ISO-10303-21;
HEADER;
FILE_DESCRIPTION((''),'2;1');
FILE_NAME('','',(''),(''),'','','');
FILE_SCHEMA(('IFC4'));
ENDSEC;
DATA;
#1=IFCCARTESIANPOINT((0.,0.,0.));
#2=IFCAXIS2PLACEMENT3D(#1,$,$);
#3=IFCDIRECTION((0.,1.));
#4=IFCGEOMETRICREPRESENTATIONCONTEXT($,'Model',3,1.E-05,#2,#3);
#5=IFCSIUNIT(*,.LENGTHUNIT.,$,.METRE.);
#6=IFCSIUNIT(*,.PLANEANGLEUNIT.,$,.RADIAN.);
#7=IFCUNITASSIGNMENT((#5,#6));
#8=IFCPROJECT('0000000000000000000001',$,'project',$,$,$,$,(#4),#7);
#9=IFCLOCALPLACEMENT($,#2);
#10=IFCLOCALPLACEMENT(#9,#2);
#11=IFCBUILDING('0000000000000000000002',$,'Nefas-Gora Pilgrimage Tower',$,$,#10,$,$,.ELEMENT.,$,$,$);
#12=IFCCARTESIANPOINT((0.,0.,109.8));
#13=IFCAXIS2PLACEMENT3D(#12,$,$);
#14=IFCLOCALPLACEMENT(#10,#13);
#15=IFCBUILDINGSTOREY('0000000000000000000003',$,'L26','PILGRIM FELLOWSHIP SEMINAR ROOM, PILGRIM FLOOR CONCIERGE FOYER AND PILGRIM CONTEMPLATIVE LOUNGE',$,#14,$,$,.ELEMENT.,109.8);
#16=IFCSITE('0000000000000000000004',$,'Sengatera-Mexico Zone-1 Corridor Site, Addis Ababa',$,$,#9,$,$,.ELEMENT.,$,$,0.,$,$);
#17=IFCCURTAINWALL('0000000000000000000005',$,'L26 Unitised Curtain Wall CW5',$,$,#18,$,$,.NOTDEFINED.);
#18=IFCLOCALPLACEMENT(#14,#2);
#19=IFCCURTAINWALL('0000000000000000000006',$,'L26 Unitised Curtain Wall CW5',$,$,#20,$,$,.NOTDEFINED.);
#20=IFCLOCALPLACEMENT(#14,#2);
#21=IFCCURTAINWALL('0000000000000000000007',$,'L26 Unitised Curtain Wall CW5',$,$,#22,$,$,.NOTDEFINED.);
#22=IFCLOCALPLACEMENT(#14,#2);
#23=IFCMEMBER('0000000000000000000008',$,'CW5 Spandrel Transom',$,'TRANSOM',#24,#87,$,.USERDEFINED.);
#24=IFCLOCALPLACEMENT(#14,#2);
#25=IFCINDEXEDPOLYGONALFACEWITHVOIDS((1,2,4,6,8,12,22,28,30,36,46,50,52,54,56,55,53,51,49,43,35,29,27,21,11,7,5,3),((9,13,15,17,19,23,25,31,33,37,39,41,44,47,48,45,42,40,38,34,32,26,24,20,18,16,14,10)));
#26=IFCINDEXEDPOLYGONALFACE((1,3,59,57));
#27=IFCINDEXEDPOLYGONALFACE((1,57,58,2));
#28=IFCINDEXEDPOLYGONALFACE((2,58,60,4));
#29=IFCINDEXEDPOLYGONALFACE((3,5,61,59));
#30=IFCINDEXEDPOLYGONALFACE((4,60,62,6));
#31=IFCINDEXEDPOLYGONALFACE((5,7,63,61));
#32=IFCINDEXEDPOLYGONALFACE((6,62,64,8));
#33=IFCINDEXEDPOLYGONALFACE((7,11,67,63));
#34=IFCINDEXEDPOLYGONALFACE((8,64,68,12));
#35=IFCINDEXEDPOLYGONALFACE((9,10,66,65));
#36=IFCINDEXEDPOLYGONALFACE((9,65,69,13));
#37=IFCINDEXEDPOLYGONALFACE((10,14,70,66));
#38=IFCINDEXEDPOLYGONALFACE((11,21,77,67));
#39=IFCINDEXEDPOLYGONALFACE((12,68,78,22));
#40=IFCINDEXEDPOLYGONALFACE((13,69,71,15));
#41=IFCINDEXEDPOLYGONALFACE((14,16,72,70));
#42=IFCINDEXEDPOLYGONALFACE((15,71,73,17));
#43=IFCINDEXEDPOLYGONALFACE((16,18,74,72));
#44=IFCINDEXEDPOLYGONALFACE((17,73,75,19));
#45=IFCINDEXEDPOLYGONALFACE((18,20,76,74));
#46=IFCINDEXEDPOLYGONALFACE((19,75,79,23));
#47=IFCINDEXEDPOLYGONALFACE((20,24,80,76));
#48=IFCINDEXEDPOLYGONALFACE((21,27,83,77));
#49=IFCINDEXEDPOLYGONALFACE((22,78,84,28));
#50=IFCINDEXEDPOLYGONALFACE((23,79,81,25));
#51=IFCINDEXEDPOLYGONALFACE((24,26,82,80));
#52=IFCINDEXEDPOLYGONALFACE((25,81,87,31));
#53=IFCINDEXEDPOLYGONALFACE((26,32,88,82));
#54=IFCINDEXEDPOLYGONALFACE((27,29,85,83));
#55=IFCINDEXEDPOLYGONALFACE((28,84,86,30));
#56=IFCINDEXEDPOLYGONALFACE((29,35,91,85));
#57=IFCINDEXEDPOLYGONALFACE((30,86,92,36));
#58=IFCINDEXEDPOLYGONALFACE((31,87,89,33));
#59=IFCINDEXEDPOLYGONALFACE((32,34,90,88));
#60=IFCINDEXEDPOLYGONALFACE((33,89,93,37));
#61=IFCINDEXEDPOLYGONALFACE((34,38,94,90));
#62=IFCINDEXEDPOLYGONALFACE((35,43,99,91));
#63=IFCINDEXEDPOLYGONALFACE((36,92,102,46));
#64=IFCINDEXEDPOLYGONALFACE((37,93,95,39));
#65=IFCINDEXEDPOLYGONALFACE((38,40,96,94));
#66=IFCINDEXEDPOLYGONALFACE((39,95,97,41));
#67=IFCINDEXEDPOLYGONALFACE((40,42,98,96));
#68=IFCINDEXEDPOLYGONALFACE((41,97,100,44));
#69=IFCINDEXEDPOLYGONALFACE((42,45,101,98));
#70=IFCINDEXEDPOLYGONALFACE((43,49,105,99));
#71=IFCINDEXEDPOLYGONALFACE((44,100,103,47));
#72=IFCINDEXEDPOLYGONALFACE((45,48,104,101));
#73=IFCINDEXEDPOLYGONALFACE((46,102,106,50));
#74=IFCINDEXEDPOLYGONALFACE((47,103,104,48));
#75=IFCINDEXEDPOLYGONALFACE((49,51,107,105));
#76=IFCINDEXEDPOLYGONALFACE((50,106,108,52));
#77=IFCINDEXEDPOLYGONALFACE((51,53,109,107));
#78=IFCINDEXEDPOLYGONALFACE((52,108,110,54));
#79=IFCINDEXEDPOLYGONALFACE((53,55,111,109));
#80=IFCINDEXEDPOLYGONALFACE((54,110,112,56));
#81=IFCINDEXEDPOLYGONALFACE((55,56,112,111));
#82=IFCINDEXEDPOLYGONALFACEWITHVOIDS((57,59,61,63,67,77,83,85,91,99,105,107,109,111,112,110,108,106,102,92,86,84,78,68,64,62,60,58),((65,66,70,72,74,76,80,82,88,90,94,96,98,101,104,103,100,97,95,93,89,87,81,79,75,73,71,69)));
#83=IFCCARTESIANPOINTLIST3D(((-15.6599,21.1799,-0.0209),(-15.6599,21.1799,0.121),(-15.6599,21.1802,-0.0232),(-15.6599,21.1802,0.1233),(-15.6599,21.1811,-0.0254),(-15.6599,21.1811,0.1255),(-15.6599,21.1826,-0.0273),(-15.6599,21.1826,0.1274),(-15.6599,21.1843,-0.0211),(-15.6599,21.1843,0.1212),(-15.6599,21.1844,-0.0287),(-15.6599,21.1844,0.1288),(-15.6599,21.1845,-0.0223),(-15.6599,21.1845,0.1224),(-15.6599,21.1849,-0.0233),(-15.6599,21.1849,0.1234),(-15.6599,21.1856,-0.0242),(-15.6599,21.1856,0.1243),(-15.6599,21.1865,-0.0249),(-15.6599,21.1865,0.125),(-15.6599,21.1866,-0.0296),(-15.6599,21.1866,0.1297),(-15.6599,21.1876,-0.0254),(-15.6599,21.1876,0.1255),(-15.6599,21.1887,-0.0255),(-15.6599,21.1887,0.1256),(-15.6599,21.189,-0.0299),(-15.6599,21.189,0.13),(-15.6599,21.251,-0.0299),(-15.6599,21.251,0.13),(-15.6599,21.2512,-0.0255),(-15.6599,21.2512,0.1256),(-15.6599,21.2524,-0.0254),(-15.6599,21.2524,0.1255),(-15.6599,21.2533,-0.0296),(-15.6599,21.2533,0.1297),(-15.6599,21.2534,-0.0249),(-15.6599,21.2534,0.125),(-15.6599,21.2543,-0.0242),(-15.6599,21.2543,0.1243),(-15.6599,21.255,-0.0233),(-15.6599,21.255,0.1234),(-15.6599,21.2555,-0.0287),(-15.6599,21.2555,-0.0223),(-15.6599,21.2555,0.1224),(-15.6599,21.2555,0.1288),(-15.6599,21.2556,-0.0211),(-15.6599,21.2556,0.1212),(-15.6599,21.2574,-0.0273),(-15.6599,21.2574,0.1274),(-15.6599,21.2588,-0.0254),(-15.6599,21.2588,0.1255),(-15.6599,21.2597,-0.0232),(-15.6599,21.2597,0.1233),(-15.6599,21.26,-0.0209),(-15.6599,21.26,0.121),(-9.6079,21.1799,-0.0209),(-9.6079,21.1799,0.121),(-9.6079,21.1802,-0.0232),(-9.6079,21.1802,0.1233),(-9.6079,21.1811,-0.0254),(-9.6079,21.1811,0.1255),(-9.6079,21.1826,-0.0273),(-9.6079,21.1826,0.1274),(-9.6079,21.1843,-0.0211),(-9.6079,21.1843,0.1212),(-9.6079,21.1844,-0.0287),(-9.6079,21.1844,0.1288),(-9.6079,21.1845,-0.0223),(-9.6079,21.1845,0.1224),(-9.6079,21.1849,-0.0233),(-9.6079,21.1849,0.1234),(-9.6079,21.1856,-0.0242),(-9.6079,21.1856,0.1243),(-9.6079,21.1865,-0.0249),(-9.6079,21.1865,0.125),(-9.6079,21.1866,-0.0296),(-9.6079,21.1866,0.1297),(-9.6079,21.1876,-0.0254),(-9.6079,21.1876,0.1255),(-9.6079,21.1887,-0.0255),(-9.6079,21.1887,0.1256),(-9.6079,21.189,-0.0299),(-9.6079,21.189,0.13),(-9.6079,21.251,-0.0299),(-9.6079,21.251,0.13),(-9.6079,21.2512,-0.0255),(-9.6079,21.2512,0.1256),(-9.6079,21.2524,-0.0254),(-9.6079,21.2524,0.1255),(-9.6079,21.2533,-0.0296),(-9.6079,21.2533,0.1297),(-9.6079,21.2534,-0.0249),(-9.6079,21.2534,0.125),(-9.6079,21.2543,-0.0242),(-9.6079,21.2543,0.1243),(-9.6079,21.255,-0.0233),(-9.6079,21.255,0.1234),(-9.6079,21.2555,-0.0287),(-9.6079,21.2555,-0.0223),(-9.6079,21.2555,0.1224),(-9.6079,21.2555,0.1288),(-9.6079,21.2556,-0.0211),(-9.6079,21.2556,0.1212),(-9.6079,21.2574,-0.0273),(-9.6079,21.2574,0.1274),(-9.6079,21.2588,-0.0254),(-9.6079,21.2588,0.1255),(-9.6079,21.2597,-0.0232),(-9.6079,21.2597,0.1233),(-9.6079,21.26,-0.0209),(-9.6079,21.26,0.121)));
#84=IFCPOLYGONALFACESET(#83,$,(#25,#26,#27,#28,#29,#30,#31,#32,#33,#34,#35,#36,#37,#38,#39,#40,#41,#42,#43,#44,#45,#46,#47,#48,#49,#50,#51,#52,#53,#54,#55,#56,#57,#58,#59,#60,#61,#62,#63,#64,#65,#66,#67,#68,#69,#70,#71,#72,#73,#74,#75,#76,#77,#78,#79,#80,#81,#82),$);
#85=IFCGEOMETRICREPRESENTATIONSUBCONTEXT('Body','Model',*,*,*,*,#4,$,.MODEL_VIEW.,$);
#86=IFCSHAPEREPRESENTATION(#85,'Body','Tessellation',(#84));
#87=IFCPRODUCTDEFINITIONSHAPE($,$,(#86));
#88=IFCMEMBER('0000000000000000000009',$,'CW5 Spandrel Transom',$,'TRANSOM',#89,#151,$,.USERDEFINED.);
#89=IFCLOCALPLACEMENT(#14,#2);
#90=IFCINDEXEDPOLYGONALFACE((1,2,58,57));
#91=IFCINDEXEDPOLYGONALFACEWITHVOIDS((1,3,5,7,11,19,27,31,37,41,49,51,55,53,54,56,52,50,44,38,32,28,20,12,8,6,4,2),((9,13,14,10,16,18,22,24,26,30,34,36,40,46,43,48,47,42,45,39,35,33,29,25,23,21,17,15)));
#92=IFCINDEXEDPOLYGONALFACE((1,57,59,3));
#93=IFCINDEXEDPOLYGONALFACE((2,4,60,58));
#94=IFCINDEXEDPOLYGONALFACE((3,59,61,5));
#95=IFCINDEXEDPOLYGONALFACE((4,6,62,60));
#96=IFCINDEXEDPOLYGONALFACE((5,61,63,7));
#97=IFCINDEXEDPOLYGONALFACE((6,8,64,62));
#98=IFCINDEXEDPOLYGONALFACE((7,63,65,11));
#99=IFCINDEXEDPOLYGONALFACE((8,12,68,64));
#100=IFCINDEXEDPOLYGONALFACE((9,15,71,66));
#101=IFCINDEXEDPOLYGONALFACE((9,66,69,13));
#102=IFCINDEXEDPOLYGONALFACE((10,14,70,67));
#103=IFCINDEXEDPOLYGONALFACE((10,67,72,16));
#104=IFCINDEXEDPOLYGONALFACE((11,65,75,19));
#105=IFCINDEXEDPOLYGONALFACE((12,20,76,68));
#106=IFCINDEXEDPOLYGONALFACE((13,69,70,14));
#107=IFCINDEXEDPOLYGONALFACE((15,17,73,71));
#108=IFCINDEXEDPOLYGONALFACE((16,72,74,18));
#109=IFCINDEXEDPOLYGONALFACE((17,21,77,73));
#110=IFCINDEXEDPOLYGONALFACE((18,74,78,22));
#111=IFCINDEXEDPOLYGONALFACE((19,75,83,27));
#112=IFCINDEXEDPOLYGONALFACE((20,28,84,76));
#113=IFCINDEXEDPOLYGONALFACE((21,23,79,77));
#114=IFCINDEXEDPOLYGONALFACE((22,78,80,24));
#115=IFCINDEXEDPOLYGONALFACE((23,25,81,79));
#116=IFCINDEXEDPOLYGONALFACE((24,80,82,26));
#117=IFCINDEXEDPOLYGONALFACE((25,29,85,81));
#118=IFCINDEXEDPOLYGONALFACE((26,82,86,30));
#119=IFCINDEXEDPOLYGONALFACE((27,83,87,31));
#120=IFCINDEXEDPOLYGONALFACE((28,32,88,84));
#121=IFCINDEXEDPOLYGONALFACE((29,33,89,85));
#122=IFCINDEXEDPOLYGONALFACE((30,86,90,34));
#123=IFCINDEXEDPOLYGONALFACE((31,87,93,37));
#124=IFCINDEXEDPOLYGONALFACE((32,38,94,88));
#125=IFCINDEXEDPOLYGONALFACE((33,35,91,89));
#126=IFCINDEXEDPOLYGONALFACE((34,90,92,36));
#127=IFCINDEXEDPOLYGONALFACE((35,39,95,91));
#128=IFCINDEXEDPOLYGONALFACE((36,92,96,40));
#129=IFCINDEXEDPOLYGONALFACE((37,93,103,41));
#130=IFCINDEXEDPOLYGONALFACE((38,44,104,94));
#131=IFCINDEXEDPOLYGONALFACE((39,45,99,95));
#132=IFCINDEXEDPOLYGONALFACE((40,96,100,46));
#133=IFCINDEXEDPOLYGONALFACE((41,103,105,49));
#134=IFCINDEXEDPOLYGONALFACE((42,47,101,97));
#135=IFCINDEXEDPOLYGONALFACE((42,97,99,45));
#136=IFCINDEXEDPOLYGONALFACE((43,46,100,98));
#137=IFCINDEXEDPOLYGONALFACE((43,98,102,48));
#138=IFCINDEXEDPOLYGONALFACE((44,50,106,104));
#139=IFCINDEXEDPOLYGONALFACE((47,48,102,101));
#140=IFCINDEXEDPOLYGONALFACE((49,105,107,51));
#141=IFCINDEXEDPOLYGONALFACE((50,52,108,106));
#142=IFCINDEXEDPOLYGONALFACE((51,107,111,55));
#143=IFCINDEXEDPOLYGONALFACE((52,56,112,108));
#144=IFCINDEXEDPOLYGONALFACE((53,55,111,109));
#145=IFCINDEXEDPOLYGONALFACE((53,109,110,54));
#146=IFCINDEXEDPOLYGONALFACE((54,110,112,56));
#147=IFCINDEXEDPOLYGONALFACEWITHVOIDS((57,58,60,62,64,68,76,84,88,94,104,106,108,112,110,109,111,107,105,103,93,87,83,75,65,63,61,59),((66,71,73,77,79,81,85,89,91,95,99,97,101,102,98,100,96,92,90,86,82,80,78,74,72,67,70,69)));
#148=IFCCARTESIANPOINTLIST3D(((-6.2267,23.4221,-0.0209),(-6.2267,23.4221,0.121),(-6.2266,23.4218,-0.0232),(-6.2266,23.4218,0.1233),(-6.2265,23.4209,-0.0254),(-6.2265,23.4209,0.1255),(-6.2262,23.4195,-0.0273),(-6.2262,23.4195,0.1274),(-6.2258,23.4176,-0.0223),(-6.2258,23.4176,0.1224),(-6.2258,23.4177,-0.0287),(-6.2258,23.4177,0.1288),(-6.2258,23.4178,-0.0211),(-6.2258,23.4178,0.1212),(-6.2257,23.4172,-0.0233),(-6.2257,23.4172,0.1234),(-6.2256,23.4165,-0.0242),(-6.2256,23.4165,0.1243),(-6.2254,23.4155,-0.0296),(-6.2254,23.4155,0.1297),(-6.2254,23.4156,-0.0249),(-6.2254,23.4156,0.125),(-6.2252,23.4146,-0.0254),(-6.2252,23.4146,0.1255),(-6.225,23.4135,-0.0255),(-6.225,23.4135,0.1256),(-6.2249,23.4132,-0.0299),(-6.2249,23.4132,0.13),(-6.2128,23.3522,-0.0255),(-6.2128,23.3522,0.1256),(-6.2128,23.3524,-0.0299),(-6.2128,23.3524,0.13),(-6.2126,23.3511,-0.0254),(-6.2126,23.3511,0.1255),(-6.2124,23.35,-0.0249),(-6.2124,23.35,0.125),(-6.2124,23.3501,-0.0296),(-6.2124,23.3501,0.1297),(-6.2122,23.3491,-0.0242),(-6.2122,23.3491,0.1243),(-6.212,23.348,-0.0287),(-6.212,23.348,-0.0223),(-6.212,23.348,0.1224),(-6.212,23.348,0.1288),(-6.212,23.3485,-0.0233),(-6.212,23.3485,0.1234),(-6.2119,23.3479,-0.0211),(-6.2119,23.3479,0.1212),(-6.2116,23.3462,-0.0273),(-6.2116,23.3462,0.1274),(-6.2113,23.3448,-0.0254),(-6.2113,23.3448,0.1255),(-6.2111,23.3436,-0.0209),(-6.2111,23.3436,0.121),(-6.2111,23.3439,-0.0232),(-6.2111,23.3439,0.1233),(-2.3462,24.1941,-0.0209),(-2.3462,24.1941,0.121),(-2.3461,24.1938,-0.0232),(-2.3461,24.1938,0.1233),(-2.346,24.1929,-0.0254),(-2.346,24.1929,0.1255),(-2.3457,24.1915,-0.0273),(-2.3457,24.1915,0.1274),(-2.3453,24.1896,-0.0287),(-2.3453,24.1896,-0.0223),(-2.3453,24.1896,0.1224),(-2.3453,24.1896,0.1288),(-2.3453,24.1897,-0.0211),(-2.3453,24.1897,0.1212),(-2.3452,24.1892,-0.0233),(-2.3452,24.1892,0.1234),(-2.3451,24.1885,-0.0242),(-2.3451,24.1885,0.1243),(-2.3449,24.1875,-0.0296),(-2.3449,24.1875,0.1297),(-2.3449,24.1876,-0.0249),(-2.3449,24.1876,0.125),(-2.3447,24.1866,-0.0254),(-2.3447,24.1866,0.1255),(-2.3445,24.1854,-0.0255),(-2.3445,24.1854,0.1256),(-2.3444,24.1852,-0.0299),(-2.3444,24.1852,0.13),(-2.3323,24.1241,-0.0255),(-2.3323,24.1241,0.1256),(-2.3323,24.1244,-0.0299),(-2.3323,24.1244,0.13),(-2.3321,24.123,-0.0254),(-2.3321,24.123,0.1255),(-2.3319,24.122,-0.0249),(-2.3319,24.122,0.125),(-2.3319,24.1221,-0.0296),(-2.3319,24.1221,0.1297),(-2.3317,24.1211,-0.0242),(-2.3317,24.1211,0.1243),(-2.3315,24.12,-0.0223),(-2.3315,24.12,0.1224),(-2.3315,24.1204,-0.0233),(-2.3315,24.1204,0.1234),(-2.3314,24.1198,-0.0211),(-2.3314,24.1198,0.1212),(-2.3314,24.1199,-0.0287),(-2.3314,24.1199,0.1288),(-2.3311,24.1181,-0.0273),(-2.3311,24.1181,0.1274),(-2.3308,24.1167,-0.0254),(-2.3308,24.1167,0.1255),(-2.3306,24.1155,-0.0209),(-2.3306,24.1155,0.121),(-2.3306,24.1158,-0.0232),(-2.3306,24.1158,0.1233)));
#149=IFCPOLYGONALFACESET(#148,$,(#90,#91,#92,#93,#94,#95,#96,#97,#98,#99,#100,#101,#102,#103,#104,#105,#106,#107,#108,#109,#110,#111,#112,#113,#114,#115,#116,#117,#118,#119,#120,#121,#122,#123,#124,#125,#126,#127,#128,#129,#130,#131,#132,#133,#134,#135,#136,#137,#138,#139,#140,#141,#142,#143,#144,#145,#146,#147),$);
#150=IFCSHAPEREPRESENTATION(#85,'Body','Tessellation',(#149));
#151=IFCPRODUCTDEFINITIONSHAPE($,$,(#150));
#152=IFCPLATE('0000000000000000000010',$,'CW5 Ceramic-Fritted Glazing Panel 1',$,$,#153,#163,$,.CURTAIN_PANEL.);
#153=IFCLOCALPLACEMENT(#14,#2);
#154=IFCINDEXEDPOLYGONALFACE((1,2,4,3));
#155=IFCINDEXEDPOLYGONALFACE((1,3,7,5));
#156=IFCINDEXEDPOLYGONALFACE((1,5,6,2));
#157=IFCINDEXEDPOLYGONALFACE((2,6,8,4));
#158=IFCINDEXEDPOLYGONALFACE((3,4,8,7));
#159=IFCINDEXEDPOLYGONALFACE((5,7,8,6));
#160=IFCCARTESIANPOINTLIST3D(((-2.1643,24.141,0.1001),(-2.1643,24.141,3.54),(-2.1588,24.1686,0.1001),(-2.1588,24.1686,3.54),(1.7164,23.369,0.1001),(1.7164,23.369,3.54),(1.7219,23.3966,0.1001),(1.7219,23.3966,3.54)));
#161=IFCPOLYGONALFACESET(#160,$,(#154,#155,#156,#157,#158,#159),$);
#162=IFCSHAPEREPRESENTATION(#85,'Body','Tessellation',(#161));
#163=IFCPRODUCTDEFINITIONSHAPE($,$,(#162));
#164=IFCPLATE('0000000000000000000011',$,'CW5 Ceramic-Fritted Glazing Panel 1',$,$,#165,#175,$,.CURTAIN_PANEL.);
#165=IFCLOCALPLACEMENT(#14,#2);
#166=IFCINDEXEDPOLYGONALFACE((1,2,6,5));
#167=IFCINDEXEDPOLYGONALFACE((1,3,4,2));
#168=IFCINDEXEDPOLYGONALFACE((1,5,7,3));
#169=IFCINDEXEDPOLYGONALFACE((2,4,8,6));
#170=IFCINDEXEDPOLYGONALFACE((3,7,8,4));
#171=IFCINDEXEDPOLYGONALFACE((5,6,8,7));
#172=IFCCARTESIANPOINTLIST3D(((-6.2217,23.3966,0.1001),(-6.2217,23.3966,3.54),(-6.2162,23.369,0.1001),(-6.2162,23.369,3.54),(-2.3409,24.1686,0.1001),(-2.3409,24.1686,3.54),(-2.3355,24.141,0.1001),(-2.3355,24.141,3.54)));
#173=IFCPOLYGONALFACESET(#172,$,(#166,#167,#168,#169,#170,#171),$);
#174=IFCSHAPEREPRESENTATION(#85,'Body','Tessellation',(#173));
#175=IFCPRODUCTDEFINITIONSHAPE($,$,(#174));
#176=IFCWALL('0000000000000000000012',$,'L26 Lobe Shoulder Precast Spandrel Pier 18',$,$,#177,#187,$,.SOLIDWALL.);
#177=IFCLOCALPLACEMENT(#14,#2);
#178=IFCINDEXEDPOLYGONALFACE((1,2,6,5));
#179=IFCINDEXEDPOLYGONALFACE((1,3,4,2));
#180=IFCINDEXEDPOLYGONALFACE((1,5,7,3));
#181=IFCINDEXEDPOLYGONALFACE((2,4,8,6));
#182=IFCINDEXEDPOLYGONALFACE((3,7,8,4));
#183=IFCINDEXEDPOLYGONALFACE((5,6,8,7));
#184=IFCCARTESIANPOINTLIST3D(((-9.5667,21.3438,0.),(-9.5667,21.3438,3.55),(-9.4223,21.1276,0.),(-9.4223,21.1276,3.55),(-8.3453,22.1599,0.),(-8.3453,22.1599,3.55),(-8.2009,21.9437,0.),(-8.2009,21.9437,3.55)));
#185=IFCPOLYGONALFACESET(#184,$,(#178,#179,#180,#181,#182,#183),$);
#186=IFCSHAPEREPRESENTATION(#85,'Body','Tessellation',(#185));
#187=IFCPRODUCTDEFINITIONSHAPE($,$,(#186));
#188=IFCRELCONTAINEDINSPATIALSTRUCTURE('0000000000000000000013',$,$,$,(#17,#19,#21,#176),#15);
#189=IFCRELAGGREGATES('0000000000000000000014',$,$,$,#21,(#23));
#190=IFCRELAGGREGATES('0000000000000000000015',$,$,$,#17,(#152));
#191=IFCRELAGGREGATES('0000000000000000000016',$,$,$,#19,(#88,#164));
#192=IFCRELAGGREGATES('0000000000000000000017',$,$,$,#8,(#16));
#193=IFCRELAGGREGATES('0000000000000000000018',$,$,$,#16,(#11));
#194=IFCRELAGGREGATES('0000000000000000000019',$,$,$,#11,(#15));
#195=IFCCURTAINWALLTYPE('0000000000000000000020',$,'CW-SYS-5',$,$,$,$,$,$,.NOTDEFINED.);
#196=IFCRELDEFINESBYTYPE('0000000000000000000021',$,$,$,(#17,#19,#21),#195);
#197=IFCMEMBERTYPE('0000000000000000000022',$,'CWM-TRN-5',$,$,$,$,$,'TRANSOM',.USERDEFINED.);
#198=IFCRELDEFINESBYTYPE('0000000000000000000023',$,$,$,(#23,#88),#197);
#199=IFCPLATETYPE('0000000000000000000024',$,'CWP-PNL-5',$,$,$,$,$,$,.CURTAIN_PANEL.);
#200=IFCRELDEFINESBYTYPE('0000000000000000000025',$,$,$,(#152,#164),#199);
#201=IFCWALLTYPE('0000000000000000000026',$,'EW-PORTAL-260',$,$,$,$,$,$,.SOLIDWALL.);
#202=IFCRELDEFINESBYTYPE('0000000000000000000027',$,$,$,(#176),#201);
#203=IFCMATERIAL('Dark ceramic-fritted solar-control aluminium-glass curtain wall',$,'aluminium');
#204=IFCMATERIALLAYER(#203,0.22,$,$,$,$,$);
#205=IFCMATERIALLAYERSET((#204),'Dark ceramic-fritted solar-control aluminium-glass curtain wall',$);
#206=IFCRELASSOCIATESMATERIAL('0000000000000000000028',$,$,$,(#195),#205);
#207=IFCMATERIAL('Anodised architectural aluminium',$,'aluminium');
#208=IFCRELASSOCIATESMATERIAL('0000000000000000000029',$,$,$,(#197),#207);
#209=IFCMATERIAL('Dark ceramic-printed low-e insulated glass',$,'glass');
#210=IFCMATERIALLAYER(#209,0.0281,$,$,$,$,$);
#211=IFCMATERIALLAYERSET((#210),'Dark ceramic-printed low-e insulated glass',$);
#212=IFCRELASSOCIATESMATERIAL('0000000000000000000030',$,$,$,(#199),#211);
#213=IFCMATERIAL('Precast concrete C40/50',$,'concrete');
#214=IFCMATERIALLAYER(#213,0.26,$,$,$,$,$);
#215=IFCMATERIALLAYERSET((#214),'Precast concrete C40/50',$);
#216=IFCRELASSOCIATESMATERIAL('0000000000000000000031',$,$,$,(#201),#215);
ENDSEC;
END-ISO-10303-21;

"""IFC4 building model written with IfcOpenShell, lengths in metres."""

from ifc_helpers import new_model, si_unit, direction, frame, frame_2d, origin, origin_2d, place, context, subcontext, project, spatial, rectangle, hollow_rectangle, extrude, source, transform, mapped, material, layer, layer_set, material_profile, profile_set, type_object, element, aggregate, save


model = new_model("IFC4")

# Units and contexts
model_context = context("Model", 3, precision=1e-05, world=origin(), true_north=direction((0.0, 1.0)))
body_context = subcontext(model_context, "Body", "Model", "MODEL_VIEW")
ifc_project = project(units=[si_unit("LENGTHUNIT", "METRE"), si_unit("PLANEANGLEUNIT", "RADIAN")], contexts=[model_context])

# Site, building, storey
site_placement = place(None, origin())
site = spatial("IfcSite", under=ifc_project, at=site_placement, Name="Sengatera-Mexico Zone-1 Corridor Site, Addis Ababa", CompositionType="ELEMENT", RefElevation=0.0)
building_placement = place(site_placement, origin())
building = spatial("IfcBuilding", under=site, at=building_placement, Name="Nefas-Gora Pilgrimage Tower", CompositionType="ELEMENT")
storey_placement = place(building_placement, frame((0.0, 0.0, 109.8)))
storey = spatial("IfcBuildingStorey", under=building, at=storey_placement, Name="L26", Description="PILGRIM FELLOWSHIP SEMINAR ROOM, PILGRIM FLOOR CONCIERGE FOYER AND PILGRIM CONTEMPLATIVE LOUNGE", CompositionType="ELEMENT", Elevation=109.8)

# Curtain wall
ifc_material_1 = material(Name="Dark ceramic-fritted solar-control aluminium-glass curtain wall", Category="aluminium")
ifc_layer_1 = layer(ifc_material_1, 0.22)
ifc_layer_set_1 = layer_set([ifc_layer_1], Name="Dark ceramic-fritted solar-control aluminium-glass curtain wall")
curtain_wall_type = type_object("IfcCurtainWallType", Name="CW-SYS-5", PredefinedType="NOTDEFINED", material=ifc_layer_set_1)
curtain_wall_1_placement = place(storey_placement, origin())
curtain_wall_1 = element("IfcCurtainWall", 1, at=curtain_wall_1_placement, inside=storey, type_object=curtain_wall_type, Name="L26 Unitised Curtain Wall CW5", PredefinedType="NOTDEFINED")
ifc_material_2 = material(Name="Anodised architectural aluminium", Category="aluminium")

# Curtain walls, member
curtain_wall_2_placement = place(storey_placement, origin())
curtain_wall_2 = element("IfcCurtainWall", 2, at=curtain_wall_2_placement, inside=storey, type_object=curtain_wall_type, Name="L26 Unitised Curtain Wall CW5", PredefinedType="NOTDEFINED")
curtain_wall_3_placement = place(storey_placement, origin())
curtain_wall_3 = element("IfcCurtainWall", 3, at=curtain_wall_3_placement, inside=storey, type_object=curtain_wall_type, Name="L26 Unitised Curtain Wall CW5", PredefinedType="NOTDEFINED")
ifc_material_profile_1 = material_profile(ifc_material_2, hollow_rectangle(XDim=0.0801, YDim=0.1599, WallThickness=0.0044, InnerFilletRadius=0.0044, OuterFilletRadius=0.009, at=origin_2d()), Name="ALU TRANSOM 80x160")
ifc_profile_set_1 = profile_set([ifc_material_profile_1], Name="Anodised architectural aluminium")
member_type_1 = type_object("IfcMemberType", Name="CWM-TRN-5", ElementType="TRANSOM", PredefinedType="USERDEFINED", material=ifc_profile_set_1)
shared_shape_1 = source(origin(), body_context, "Body", "SweptSolid", [
    extrude(hollow_rectangle(XDim=0.0801, YDim=0.1599, WallThickness=0.0044, InnerFilletRadius=0.0044, OuterFilletRadius=0.009, at=origin_2d()), origin(), (0.0, 0.0, 1.0), 6.052),
])
member_1_placement = place(storey_placement, frame((-9.6079, 21.22, 0.05), z_axis=(-1.0, 0.0, 0.0), x_axis=(0.0, -1.0, 0.0)))
member_1 = element("IfcMember", 4, at=member_1_placement, type_object=member_type_1, Name="CW5 Spandrel Transom", ObjectType="TRANSOM", PredefinedType="USERDEFINED", context=body_context, shape_type="MappedRepresentation", body=[
    mapped(shared_shape_1, transform((0.0, 0.0, 0.0), x_axis=(1.0, 0.0, 0.0), y_axis=(0.0, 1.0, 0.0), z_axis=(0.0, 0.0, 1.0), scale=1.0)),
])
aggregate(curtain_wall_3, [member_1])

# Member
shared_shape_2 = source(origin(), body_context, "Body", "SweptSolid", [
    extrude(hollow_rectangle(XDim=0.0801, YDim=0.1599, WallThickness=0.0044, InnerFilletRadius=0.0044, OuterFilletRadius=0.009, at=origin_2d()), origin(), (0.0, 0.0, 1.0), 3.9565),
])
member_2_placement = place(storey_placement, frame((-2.3384, 24.1548, 0.05), z_axis=(-0.980782, -0.195107, 0.0), x_axis=(0.195107, -0.980782, 0.0)))
member_2 = element("IfcMember", 5, at=member_2_placement, type_object=member_type_1, Name="CW5 Spandrel Transom", ObjectType="TRANSOM", PredefinedType="USERDEFINED", context=body_context, shape_type="MappedRepresentation", body=[
    mapped(shared_shape_2, transform((0.0, 0.0, 0.0), x_axis=(1.0, 0.0, 0.0), y_axis=(0.0, 1.0, 0.0), z_axis=(0.0, 0.0, 1.0), scale=1.0)),
])

# Plates
ifc_material_3 = material(Name="Dark ceramic-printed low-e insulated glass", Category="glass")
ifc_layer_2 = layer(ifc_material_3, 0.0281)
ifc_layer_set_2 = layer_set([ifc_layer_2], Name="Dark ceramic-printed low-e insulated glass")
plate_type = type_object("IfcPlateType", Name="CWP-PNL-5", PredefinedType="CURTAIN_PANEL", material=ifc_layer_set_2)
shared_shape_3 = source(origin(), body_context, "Body", "SweptSolid", [
    extrude(rectangle(XDim=3.9568, YDim=0.0281, at=origin_2d()), origin(), (0.0, 0.0, 1.0), 3.4399),
])
plate_1_placement = place(storey_placement, frame((-0.2212, 23.7688, 0.1001), z_axis=(0.0, 0.0, 1.0), x_axis=(-0.980783, 0.195102, 0.0)))
plate_1 = element("IfcPlate", 6, at=plate_1_placement, type_object=plate_type, Name="CW5 Ceramic-Fritted Glazing Panel 1", PredefinedType="CURTAIN_PANEL", context=body_context, shape_type="MappedRepresentation", body=[
    mapped(shared_shape_3, transform((0.0, 0.0, 0.0), x_axis=(1.0, 0.0, 0.0), y_axis=(0.0, 1.0, 0.0), z_axis=(0.0, 0.0, 1.0), scale=1.0)),
])
aggregate(curtain_wall_1, [plate_1])
plate_2_placement = place(storey_placement, frame((-4.2786, 23.7688, 0.1001), z_axis=(0.0, 0.0, 1.0), x_axis=(-0.980783, -0.195102, 0.0)))
plate_2 = element("IfcPlate", 7, at=plate_2_placement, type_object=plate_type, Name="CW5 Ceramic-Fritted Glazing Panel 1", PredefinedType="CURTAIN_PANEL", context=body_context, shape_type="MappedRepresentation", body=[
    mapped(shared_shape_3, transform((0.0, 0.0, 0.0), x_axis=(1.0, 0.0, 0.0), y_axis=(0.0, 1.0, 0.0), z_axis=(0.0, 0.0, 1.0), scale=1.0)),
])
aggregate(curtain_wall_2, [member_2, plate_2])

# Wall
ifc_material_4 = material(Name="Precast concrete C40/50", Category="concrete")
ifc_layer_3 = layer(ifc_material_4, 0.26)
ifc_layer_set_3 = layer_set([ifc_layer_3], Name="Precast concrete C40/50")
wall_type_1 = type_object("IfcWallType", Name="EW-PORTAL-260", PredefinedType="SOLIDWALL", material=ifc_layer_set_3)
shared_shape_4 = source(origin(), body_context, "Body", "SweptSolid", [
    extrude(rectangle(XDim=1.469, YDim=0.26, at=frame_2d((0.7344, 0.0))), origin(), (0.0, 0.0, 1.0), 3.55),
])
wall_1_placement = place(storey_placement, frame((-8.2732, 22.0518, 0.0), z_axis=(0.0, 0.0, 1.0), x_axis=(-0.831462, -0.555582, 0.0)))
element("IfcWall", 8, at=wall_1_placement, inside=storey, type_object=wall_type_1, Name="L26 Lobe Shoulder Precast Spandrel Pier 18", PredefinedType="SOLIDWALL", context=body_context, shape_type="MappedRepresentation", body=[
    mapped(shared_shape_4, transform((0.0, 0.0, 0.0), x_axis=(1.0, 0.0, 0.0), y_axis=(0.0, 1.0, 0.0), z_axis=(0.0, 0.0, 1.0), scale=1.0)),
])

save(model, "model.ifc")
